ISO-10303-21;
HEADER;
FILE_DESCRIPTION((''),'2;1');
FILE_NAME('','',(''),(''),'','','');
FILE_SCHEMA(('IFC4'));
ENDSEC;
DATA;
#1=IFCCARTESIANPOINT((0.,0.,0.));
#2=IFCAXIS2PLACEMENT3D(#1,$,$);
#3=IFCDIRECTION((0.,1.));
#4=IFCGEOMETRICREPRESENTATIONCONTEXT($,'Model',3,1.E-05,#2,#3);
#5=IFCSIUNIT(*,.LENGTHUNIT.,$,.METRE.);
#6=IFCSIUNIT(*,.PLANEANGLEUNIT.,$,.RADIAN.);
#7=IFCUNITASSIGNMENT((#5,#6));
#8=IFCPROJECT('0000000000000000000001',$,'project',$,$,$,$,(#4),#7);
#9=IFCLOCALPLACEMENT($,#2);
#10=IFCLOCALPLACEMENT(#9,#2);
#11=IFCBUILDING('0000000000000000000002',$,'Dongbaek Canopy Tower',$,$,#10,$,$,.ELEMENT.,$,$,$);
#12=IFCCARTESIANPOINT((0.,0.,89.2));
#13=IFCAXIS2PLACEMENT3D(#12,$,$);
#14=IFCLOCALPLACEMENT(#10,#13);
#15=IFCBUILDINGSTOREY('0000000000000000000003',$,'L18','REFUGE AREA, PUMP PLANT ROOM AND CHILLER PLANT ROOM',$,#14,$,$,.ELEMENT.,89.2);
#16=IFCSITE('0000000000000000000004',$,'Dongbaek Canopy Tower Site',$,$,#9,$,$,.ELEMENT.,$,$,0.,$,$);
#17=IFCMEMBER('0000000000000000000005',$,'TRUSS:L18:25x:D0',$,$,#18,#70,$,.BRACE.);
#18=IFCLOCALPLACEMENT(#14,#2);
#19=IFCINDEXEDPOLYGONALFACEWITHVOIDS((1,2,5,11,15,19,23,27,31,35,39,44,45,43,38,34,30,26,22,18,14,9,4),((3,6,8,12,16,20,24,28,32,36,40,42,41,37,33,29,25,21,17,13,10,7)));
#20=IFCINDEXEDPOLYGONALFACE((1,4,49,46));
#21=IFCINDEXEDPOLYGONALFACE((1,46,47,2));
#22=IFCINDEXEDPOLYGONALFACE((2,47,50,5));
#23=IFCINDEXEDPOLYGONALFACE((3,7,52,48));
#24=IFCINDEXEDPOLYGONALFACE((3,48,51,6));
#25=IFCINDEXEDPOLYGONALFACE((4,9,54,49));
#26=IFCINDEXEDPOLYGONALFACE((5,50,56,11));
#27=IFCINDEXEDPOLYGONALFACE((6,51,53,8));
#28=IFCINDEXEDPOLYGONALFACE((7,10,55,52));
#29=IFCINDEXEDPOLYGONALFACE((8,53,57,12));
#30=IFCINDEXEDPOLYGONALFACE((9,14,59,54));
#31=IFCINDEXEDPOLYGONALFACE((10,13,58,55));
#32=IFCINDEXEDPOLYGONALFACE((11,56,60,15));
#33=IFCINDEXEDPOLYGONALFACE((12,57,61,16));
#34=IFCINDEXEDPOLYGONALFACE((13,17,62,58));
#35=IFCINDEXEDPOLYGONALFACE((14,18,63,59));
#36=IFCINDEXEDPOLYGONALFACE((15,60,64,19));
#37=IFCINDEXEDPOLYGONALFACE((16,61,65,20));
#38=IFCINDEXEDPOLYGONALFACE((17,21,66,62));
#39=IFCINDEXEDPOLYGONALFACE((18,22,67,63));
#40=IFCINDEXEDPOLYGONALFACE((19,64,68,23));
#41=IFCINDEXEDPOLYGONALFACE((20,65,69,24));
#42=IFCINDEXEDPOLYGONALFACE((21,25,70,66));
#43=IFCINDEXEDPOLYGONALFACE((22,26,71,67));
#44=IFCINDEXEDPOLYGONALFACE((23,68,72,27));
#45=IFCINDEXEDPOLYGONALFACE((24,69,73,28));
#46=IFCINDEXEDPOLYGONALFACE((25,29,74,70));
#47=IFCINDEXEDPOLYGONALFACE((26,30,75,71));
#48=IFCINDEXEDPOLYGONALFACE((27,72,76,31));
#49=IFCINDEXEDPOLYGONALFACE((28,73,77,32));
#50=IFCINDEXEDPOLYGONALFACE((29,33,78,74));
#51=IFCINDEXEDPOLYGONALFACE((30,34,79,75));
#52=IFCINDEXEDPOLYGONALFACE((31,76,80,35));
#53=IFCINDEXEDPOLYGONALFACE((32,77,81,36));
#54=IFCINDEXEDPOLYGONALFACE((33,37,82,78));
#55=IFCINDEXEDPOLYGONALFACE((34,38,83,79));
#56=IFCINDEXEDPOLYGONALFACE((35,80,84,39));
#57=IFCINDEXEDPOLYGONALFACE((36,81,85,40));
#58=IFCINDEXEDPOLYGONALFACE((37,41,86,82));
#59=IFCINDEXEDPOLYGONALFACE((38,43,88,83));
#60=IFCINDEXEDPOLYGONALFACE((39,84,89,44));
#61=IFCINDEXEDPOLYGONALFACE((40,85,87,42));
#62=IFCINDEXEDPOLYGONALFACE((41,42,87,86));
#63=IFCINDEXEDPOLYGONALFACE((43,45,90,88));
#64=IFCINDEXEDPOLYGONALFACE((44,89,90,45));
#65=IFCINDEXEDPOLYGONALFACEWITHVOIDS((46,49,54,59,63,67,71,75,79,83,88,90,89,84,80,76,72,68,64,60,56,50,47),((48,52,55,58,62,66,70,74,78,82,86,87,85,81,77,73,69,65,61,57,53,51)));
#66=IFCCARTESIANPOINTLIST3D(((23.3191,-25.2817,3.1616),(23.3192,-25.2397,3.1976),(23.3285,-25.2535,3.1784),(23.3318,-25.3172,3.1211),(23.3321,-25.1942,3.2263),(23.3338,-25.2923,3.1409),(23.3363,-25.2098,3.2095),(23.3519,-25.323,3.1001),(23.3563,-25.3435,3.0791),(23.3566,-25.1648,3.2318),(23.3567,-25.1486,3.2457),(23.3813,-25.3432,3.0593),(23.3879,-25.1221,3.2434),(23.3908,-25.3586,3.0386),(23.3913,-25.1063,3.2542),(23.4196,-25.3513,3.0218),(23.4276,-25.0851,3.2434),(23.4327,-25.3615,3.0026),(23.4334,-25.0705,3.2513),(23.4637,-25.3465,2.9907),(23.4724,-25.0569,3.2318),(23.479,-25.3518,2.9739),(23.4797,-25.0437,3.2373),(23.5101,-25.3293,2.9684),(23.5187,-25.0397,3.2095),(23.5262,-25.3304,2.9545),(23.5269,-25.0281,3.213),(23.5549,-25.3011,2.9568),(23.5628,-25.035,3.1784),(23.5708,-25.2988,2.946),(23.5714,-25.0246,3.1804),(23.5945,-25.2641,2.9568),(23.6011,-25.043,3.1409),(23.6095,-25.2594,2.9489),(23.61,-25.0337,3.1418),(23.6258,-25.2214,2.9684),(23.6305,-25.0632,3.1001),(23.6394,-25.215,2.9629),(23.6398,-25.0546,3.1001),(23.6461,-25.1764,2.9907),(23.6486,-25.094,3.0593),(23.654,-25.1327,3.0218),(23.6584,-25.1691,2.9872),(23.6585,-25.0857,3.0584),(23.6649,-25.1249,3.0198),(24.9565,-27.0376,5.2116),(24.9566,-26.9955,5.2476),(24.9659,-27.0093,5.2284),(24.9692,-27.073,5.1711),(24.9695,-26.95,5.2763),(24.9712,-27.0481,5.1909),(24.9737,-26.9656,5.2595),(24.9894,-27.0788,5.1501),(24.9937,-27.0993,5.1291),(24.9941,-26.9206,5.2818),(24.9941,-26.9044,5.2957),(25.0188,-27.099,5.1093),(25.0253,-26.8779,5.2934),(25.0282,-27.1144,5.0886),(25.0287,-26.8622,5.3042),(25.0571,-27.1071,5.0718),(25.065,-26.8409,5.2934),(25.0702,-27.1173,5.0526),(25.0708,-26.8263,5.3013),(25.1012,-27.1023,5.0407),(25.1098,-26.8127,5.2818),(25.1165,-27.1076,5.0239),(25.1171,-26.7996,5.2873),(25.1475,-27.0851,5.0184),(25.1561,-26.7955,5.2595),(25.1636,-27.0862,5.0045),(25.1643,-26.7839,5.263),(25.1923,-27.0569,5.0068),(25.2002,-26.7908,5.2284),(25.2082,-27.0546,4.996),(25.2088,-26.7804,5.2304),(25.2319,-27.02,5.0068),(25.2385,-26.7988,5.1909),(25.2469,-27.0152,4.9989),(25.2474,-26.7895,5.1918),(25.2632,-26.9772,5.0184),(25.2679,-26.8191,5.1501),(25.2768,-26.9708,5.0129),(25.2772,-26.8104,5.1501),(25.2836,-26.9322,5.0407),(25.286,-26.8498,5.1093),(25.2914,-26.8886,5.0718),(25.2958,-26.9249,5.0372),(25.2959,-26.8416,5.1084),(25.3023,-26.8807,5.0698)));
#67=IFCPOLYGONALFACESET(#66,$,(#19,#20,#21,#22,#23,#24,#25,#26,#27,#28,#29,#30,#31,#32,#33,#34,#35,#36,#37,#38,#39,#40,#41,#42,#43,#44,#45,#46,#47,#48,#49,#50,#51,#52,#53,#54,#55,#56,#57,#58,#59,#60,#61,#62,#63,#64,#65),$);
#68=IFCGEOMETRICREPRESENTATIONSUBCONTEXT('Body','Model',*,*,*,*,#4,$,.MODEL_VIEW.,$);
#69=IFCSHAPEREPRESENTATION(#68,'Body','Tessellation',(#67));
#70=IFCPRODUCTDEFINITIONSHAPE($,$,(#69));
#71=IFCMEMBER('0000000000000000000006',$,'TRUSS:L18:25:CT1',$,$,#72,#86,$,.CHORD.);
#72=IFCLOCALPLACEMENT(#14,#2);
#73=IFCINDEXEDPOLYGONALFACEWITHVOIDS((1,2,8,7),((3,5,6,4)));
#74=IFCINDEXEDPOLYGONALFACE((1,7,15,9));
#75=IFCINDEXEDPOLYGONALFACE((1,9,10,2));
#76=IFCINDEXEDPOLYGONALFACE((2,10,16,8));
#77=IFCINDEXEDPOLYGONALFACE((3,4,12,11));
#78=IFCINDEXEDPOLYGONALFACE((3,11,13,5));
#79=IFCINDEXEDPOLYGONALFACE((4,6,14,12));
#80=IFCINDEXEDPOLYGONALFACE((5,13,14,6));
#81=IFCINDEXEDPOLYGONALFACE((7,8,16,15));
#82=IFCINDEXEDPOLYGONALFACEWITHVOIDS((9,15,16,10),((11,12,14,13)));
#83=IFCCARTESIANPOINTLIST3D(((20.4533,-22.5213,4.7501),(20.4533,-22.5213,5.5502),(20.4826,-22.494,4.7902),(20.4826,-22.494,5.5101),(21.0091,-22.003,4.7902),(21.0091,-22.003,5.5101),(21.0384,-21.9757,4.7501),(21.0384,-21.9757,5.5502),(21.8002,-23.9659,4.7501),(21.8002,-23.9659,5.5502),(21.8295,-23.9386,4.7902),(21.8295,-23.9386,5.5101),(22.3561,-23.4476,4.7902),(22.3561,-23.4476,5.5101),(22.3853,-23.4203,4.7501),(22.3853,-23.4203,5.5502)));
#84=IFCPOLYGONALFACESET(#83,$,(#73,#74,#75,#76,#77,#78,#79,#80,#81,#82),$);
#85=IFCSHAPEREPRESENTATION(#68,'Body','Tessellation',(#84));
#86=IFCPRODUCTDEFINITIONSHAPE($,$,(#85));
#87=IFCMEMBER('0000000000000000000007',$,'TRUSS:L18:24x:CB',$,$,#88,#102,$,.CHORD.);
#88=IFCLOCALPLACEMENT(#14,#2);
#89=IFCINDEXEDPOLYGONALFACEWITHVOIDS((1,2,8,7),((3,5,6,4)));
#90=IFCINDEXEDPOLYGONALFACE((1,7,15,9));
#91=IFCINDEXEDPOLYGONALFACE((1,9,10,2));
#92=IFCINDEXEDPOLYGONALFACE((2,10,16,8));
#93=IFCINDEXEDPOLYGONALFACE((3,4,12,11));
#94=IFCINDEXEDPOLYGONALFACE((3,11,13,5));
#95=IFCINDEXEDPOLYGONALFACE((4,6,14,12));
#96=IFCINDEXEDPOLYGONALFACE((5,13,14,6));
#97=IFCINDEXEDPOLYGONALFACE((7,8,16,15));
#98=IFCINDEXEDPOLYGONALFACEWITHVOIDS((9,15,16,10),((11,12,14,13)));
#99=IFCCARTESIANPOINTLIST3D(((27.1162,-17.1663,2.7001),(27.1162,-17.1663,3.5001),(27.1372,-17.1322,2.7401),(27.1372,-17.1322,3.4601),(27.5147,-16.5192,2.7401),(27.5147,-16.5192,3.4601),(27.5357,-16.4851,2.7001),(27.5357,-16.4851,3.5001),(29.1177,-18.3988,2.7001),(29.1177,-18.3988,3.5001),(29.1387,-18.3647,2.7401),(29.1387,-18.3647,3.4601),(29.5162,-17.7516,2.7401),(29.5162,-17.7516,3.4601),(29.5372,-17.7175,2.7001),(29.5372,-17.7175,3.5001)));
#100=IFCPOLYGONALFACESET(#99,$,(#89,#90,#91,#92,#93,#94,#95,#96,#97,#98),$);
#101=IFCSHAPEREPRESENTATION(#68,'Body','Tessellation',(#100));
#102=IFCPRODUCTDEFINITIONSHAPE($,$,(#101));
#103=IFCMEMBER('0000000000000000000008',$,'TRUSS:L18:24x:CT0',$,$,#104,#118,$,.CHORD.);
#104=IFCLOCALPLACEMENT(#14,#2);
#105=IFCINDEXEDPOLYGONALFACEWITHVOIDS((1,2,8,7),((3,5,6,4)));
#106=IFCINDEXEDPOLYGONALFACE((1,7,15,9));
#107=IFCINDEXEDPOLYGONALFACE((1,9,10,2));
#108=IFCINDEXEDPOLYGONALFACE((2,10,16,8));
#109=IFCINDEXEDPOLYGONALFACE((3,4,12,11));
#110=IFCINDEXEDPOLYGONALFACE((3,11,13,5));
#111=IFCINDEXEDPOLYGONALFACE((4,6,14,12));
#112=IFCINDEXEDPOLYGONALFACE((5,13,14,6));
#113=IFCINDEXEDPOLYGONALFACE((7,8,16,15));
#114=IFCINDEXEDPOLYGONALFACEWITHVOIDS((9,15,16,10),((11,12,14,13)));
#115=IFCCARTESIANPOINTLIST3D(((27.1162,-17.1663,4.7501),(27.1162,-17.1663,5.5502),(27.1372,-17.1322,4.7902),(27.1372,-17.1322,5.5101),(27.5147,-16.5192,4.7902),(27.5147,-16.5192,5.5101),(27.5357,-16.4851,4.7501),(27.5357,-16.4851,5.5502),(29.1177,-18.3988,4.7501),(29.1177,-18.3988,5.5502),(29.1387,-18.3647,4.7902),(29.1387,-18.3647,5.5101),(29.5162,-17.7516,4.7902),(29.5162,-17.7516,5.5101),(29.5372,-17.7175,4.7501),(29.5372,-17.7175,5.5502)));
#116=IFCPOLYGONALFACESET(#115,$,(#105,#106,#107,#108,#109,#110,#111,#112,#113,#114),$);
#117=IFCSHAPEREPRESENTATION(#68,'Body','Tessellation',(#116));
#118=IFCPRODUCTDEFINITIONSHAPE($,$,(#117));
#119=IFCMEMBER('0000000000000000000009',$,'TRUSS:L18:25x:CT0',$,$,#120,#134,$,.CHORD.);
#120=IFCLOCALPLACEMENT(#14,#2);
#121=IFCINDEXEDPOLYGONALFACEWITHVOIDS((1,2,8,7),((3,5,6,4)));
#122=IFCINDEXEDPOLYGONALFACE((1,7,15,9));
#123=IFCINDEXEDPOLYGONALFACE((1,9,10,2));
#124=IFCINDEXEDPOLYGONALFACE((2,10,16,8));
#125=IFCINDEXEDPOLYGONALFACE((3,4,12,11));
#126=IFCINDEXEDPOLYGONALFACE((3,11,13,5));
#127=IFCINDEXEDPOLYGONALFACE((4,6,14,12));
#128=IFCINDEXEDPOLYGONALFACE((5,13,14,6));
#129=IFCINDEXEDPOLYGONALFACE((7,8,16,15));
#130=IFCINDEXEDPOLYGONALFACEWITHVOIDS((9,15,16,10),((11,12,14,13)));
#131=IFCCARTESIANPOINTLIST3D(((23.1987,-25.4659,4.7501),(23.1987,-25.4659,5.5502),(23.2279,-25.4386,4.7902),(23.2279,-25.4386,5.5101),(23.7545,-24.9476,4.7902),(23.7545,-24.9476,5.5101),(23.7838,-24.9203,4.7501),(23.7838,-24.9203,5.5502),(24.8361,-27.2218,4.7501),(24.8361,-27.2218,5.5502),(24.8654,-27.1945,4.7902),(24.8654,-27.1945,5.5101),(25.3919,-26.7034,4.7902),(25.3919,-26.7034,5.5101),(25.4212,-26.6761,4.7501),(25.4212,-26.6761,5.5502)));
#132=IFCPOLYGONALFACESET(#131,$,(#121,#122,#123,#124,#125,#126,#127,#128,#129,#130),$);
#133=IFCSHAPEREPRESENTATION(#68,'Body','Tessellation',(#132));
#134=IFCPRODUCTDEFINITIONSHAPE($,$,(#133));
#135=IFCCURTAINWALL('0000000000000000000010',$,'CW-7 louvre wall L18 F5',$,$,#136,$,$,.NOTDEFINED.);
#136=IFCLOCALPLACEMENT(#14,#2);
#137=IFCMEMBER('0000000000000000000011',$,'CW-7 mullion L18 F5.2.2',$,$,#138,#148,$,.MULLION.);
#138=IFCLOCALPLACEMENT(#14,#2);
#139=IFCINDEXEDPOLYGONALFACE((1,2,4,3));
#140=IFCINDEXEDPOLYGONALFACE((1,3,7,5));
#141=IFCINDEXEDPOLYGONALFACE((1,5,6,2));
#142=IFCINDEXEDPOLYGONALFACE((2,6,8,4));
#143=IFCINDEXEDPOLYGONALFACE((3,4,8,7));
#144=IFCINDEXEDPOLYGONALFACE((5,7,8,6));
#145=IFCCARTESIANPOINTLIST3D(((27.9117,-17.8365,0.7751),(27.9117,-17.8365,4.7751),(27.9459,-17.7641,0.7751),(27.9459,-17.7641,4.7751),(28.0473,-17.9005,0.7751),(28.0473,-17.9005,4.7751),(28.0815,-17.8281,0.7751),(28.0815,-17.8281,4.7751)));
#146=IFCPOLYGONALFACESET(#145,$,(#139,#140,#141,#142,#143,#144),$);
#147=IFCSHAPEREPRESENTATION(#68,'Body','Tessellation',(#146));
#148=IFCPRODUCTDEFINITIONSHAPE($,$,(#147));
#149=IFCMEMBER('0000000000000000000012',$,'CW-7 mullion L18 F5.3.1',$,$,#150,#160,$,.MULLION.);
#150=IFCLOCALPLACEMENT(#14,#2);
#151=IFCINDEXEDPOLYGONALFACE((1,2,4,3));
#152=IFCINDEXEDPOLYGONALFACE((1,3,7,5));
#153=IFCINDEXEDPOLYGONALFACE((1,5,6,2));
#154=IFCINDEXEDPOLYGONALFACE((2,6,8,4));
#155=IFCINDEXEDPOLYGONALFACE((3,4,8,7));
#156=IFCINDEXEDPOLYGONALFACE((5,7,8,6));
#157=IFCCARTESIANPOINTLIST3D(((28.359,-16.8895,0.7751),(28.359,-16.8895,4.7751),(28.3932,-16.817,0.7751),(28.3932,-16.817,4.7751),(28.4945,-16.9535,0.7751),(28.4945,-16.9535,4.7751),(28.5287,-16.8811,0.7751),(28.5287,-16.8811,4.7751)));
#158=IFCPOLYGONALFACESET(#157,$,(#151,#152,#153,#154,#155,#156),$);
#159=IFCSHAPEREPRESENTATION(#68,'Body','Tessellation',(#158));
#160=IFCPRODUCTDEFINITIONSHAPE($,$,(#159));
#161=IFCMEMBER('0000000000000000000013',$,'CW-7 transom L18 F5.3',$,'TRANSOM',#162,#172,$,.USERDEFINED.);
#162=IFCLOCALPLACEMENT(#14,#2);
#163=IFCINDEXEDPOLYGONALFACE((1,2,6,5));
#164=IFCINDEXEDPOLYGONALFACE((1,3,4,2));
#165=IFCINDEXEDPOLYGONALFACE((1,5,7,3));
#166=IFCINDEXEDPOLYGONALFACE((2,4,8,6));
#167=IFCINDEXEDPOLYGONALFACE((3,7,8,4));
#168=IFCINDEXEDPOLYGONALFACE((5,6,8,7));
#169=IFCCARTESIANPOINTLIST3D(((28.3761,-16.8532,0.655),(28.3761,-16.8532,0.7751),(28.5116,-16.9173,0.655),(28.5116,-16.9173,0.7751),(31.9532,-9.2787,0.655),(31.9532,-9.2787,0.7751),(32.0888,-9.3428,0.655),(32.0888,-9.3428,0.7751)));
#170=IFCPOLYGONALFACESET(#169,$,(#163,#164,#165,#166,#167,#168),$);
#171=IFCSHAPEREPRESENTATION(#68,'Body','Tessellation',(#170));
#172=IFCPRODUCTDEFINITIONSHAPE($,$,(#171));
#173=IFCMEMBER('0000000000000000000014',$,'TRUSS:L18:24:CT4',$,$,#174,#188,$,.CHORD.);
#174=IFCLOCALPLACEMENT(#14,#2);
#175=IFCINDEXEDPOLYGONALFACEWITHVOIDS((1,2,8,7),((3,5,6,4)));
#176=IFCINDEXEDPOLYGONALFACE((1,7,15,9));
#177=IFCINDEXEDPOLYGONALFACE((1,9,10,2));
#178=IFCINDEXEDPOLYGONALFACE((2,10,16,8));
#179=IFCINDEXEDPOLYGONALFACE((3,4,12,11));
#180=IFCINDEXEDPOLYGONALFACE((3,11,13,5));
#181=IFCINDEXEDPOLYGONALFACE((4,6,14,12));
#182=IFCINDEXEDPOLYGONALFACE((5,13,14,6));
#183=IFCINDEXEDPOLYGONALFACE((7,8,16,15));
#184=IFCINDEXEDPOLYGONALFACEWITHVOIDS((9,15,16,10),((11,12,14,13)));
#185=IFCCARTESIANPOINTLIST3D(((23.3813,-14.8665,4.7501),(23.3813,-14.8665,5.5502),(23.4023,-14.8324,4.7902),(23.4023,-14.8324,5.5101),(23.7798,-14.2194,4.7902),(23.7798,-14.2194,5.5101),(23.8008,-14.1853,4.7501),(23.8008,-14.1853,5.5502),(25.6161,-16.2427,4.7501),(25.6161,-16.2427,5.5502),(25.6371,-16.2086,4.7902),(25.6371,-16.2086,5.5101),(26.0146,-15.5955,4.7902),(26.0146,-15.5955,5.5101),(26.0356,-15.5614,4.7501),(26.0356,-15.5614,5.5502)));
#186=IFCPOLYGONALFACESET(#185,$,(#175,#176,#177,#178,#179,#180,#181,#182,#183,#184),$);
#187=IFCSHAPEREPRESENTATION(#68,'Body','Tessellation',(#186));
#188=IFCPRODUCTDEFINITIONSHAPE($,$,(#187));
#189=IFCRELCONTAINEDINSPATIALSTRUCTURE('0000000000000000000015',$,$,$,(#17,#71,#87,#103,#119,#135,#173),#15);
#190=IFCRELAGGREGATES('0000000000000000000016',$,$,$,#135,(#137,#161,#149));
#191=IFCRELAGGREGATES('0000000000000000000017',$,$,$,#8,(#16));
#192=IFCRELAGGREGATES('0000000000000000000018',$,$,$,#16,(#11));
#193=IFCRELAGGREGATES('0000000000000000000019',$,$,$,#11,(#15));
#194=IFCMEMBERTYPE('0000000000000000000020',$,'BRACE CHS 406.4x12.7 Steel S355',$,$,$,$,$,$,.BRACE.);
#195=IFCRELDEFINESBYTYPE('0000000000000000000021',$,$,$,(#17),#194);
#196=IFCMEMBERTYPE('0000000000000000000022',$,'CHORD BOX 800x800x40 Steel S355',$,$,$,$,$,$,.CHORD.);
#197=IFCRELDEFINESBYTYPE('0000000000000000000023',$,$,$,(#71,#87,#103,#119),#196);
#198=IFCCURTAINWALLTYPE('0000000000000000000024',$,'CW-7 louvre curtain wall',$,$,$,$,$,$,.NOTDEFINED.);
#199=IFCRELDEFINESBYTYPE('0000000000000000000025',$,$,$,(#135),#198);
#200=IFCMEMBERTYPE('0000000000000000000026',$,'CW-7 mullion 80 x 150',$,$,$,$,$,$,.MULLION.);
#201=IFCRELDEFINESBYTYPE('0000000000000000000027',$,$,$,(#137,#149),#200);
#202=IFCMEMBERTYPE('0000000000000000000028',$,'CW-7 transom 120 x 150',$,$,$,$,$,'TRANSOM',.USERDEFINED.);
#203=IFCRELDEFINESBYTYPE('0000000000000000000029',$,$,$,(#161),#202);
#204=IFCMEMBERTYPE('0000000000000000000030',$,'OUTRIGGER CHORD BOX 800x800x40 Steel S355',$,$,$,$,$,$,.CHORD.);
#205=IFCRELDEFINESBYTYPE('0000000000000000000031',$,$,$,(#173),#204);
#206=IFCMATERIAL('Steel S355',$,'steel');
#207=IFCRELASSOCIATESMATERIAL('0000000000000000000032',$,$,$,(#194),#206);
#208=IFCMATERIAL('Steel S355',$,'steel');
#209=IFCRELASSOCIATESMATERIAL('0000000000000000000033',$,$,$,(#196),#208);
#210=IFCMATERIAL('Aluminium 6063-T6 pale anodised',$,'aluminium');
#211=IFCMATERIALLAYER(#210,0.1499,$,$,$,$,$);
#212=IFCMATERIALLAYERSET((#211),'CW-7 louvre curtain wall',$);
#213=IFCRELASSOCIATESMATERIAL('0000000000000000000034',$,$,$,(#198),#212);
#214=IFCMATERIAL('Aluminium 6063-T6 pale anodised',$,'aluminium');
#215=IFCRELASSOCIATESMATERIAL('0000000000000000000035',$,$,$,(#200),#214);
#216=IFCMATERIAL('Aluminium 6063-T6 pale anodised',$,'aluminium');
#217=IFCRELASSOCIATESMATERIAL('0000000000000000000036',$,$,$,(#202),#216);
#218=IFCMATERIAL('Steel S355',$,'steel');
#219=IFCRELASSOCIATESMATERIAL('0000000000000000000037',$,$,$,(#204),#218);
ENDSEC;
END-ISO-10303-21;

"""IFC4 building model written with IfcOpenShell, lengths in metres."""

from ifc_helpers import new_model, si_unit, direction, frame, origin, origin_2d, place, context, subcontext, project, spatial, rectangle, hollow_rectangle, hollow_circle, extrude, material, layer, layer_set, material_profile, profile_set, type_object, element, aggregate, save


model = new_model("IFC4")

# Units and contexts
model_context = context("Model", 3, precision=1e-05, world=origin(), true_north=direction((0.0, 1.0)))
body_context = subcontext(model_context, "Body", "Model", "MODEL_VIEW")
ifc_project = project(units=[si_unit("LENGTHUNIT", "METRE"), si_unit("PLANEANGLEUNIT", "RADIAN")], contexts=[model_context])

# Site, building, storey
site_placement = place(None, origin())
site = spatial("IfcSite", under=ifc_project, at=site_placement, Name="Dongbaek Canopy Tower Site", CompositionType="ELEMENT", RefElevation=0.0)
building_placement = place(site_placement, origin())
building = spatial("IfcBuilding", under=site, at=building_placement, Name="Dongbaek Canopy Tower", CompositionType="ELEMENT")
storey_placement = place(building_placement, frame((0.0, 0.0, 89.2)))
storey = spatial("IfcBuildingStorey", under=building, at=storey_placement, Name="L18", Description="REFUGE AREA, PUMP PLANT ROOM AND CHILLER PLANT ROOM", CompositionType="ELEMENT", Elevation=89.2)

# Members
ifc_material_1 = material(Name="Steel S355", Category="steel")
ifc_material_profile_1 = material_profile(ifc_material_1, hollow_circle(Radius=0.2031, WallThickness=0.0127, at=origin_2d()), Name="BRACE CHS 406.4x12.7 Steel S355")
ifc_profile_set_1 = profile_set([ifc_material_profile_1], Name="Steel S355")
member_type_1 = type_object("IfcMemberType", Name="BRACE CHS 406.4x12.7 Steel S355", PredefinedType="BRACE", material=ifc_profile_set_1)
member_1_placement = place(storey_placement, frame((23.4912, -25.1931, 3.1001), z_axis=(0.518664, -0.55617, 0.649355), x_axis=(0.731336, 0.682017, 0.0)))
element("IfcMember", 1, at=member_1_placement, inside=storey, type_object=member_type_1, Name="TRUSS:L18:25x:D0", PredefinedType="BRACE", context=body_context, shape_type="SweptSolid", body=[
    extrude(hollow_circle(Radius=0.2031, WallThickness=0.0127, at=origin_2d()), origin(), (0.0, 0.0, 1.0), 3.157),
])
ifc_material_2 = material(Name="Steel S355", Category="steel")
ifc_material_profile_2 = material_profile(ifc_material_2, hollow_rectangle(XDim=0.8, YDim=0.8, WallThickness=0.04, at=origin_2d()), Name="CHORD BOX 800x800x40 Steel S355")
ifc_profile_set_2 = profile_set([ifc_material_profile_2], Name="Steel S355")
member_type_2 = type_object("IfcMemberType", Name="CHORD BOX 800x800x40 Steel S355", PredefinedType="CHORD", material=ifc_profile_set_2)
member_2_placement = place(storey_placement, frame((20.7458, -22.2485, 5.1501), z_axis=(0.681953, -0.731396, 0.0), x_axis=(0.731396, 0.681953, 0.0)))
element("IfcMember", 2, at=member_2_placement, inside=storey, type_object=member_type_2, Name="TRUSS:L18:25:CT1", PredefinedType="CHORD", context=body_context, shape_type="SweptSolid", body=[
    extrude(hollow_rectangle(XDim=0.8, YDim=0.8, WallThickness=0.04, at=origin_2d()), origin(), (0.0, 0.0, 1.0), 1.9751),
])
for number, where, z_axis, x_axis, name in (
    (3, (27.3259, -16.8257, 3.1001), (0.851516, -0.524329, 0.0), (0.524329, 0.851516, 0.0), "TRUSS:L18:24x:CB"),
    (4, (27.3259, -16.8257, 5.1501), (0.851516, -0.524329, 0.0), (0.524329, 0.851516, 0.0), "TRUSS:L18:24x:CT0"),
):
    element("IfcMember", number, at=place(storey_placement, frame(where, z_axis=z_axis, x_axis=x_axis)), inside=storey, type_object=member_type_2, Name=name, PredefinedType="CHORD", context=body_context, shape_type="SweptSolid", body=[
        extrude(hollow_rectangle(XDim=0.8, YDim=0.8, WallThickness=0.04, at=origin_2d()), origin(), (0.0, 0.0, 1.0), 2.3506),
    ])
member_3_placement = place(storey_placement, frame((23.4912, -25.1931, 5.1501), z_axis=(0.682017, -0.731336, 0.0), x_axis=(0.731336, 0.682017, 0.0)))
element("IfcMember", 5, at=member_3_placement, inside=storey, type_object=member_type_2, Name="TRUSS:L18:25x:CT0", PredefinedType="CHORD", context=body_context, shape_type="SweptSolid", body=[
    extrude(hollow_rectangle(XDim=0.8, YDim=0.8, WallThickness=0.04, at=origin_2d()), origin(), (0.0, 0.0, 1.0), 2.4009),
])

# Curtain wall, members
ifc_material_3 = material(Name="Aluminium 6063-T6 pale anodised", Category="aluminium")
ifc_layer_1 = layer(ifc_material_3, 0.1499)
ifc_layer_set_1 = layer_set([ifc_layer_1], Name="CW-7 louvre curtain wall")
curtain_wall_type = type_object("IfcCurtainWallType", Name="CW-7 louvre curtain wall", PredefinedType="NOTDEFINED", material=ifc_layer_set_1)
curtain_wall_placement = place(storey_placement, origin())
curtain_wall = element("IfcCurtainWall", 6, at=curtain_wall_placement, inside=storey, type_object=curtain_wall_type, Name="CW-7 louvre wall L18 F5", PredefinedType="NOTDEFINED")
ifc_material_4 = material(Name="Aluminium 6063-T6 pale anodised", Category="aluminium")
ifc_material_profile_3 = material_profile(ifc_material_4, rectangle(XDim=0.1499, YDim=0.0801, at=origin_2d()), Name="CW-7 mullion 80 x 150")
ifc_profile_set_3 = profile_set([ifc_material_profile_3], Name="Aluminium 6063-T6 pale anodised")
member_type_3 = type_object("IfcMemberType", Name="CW-7 mullion 80 x 150", PredefinedType="MULLION", material=ifc_profile_set_3)
member_4_placement = place(storey_placement, frame((27.9966, -17.8323, 0.7751), z_axis=(0.0, 0.0, 1.0), x_axis=(0.904233, -0.427039, 0.0)))
member_4 = element("IfcMember", 7, at=member_4_placement, type_object=member_type_3, Name="CW-7 mullion L18 F5.2.2", PredefinedType="MULLION", context=body_context, shape_type="SweptSolid", body=[
    extrude(rectangle(XDim=0.1499, YDim=0.0801, at=origin_2d()), origin(), (0.0, 0.0, 1.0), 4.0),
])
member_5_placement = place(storey_placement, frame((28.4438, -16.8853, 0.7751), z_axis=(0.0, 0.0, 1.0), x_axis=(0.904233, -0.427039, 0.0)))
member_5 = element("IfcMember", 8, at=member_5_placement, type_object=member_type_3, Name="CW-7 mullion L18 F5.3.1", PredefinedType="MULLION", context=body_context, shape_type="SweptSolid", body=[
    extrude(rectangle(XDim=0.1499, YDim=0.0801, at=origin_2d()), origin(), (0.0, 0.0, 1.0), 4.0),
])
ifc_material_5 = material(Name="Aluminium 6063-T6 pale anodised", Category="aluminium")
ifc_material_profile_4 = material_profile(ifc_material_5, rectangle(XDim=0.1499, YDim=0.1201, at=origin_2d()), Name="CW-7 transom 120 x 150")
ifc_profile_set_4 = profile_set([ifc_material_profile_4], Name="Aluminium 6063-T6 pale anodised")
member_type_4 = type_object("IfcMemberType", Name="CW-7 transom 120 x 150", ElementType="TRANSOM", PredefinedType="USERDEFINED", material=ifc_profile_set_4)
member_6_placement = place(storey_placement, frame((28.4438, -16.8853, 0.7151), z_axis=(0.427037, 0.904234, 0.0), x_axis=(-0.904234, 0.427037, 0.0)))
member_6 = element("IfcMember", 9, at=member_6_placement, type_object=member_type_4, Name="CW-7 transom L18 F5.3", ObjectType="TRANSOM", PredefinedType="USERDEFINED", context=body_context, shape_type="SweptSolid", body=[
    extrude(rectangle(XDim=0.1499, YDim=0.1201, at=origin_2d()), origin(), (0.0, 0.0, 1.0), 8.3767),
])

# Member
ifc_material_6 = material(Name="Steel S355", Category="steel")
ifc_material_profile_5 = material_profile(ifc_material_6, hollow_rectangle(XDim=0.8, YDim=0.8, WallThickness=0.04, at=origin_2d()), Name="OUTRIGGER CHORD BOX 800x800x40 Steel S355")
ifc_profile_set_5 = profile_set([ifc_material_profile_5], Name="Steel S355")
member_type_5 = type_object("IfcMemberType", Name="OUTRIGGER CHORD BOX 800x800x40 Steel S355", PredefinedType="CHORD", material=ifc_profile_set_5)
member_7_placement = place(storey_placement, frame((23.5911, -14.5259, 5.1501), z_axis=(0.851502, -0.524352, 0.0), x_axis=(0.524352, 0.851502, 0.0)))
element("IfcMember", 10, at=member_7_placement, inside=storey, type_object=member_type_5, Name="TRUSS:L18:24:CT4", PredefinedType="CHORD", context=body_context, shape_type="SweptSolid", body=[
    extrude(hollow_rectangle(XDim=0.8, YDim=0.8, WallThickness=0.04, at=origin_2d()), origin(), (0.0, 0.0, 1.0), 2.6245),
])

aggregate(curtain_wall, [member_4, member_6, member_5])

save(model, "model.ifc")
